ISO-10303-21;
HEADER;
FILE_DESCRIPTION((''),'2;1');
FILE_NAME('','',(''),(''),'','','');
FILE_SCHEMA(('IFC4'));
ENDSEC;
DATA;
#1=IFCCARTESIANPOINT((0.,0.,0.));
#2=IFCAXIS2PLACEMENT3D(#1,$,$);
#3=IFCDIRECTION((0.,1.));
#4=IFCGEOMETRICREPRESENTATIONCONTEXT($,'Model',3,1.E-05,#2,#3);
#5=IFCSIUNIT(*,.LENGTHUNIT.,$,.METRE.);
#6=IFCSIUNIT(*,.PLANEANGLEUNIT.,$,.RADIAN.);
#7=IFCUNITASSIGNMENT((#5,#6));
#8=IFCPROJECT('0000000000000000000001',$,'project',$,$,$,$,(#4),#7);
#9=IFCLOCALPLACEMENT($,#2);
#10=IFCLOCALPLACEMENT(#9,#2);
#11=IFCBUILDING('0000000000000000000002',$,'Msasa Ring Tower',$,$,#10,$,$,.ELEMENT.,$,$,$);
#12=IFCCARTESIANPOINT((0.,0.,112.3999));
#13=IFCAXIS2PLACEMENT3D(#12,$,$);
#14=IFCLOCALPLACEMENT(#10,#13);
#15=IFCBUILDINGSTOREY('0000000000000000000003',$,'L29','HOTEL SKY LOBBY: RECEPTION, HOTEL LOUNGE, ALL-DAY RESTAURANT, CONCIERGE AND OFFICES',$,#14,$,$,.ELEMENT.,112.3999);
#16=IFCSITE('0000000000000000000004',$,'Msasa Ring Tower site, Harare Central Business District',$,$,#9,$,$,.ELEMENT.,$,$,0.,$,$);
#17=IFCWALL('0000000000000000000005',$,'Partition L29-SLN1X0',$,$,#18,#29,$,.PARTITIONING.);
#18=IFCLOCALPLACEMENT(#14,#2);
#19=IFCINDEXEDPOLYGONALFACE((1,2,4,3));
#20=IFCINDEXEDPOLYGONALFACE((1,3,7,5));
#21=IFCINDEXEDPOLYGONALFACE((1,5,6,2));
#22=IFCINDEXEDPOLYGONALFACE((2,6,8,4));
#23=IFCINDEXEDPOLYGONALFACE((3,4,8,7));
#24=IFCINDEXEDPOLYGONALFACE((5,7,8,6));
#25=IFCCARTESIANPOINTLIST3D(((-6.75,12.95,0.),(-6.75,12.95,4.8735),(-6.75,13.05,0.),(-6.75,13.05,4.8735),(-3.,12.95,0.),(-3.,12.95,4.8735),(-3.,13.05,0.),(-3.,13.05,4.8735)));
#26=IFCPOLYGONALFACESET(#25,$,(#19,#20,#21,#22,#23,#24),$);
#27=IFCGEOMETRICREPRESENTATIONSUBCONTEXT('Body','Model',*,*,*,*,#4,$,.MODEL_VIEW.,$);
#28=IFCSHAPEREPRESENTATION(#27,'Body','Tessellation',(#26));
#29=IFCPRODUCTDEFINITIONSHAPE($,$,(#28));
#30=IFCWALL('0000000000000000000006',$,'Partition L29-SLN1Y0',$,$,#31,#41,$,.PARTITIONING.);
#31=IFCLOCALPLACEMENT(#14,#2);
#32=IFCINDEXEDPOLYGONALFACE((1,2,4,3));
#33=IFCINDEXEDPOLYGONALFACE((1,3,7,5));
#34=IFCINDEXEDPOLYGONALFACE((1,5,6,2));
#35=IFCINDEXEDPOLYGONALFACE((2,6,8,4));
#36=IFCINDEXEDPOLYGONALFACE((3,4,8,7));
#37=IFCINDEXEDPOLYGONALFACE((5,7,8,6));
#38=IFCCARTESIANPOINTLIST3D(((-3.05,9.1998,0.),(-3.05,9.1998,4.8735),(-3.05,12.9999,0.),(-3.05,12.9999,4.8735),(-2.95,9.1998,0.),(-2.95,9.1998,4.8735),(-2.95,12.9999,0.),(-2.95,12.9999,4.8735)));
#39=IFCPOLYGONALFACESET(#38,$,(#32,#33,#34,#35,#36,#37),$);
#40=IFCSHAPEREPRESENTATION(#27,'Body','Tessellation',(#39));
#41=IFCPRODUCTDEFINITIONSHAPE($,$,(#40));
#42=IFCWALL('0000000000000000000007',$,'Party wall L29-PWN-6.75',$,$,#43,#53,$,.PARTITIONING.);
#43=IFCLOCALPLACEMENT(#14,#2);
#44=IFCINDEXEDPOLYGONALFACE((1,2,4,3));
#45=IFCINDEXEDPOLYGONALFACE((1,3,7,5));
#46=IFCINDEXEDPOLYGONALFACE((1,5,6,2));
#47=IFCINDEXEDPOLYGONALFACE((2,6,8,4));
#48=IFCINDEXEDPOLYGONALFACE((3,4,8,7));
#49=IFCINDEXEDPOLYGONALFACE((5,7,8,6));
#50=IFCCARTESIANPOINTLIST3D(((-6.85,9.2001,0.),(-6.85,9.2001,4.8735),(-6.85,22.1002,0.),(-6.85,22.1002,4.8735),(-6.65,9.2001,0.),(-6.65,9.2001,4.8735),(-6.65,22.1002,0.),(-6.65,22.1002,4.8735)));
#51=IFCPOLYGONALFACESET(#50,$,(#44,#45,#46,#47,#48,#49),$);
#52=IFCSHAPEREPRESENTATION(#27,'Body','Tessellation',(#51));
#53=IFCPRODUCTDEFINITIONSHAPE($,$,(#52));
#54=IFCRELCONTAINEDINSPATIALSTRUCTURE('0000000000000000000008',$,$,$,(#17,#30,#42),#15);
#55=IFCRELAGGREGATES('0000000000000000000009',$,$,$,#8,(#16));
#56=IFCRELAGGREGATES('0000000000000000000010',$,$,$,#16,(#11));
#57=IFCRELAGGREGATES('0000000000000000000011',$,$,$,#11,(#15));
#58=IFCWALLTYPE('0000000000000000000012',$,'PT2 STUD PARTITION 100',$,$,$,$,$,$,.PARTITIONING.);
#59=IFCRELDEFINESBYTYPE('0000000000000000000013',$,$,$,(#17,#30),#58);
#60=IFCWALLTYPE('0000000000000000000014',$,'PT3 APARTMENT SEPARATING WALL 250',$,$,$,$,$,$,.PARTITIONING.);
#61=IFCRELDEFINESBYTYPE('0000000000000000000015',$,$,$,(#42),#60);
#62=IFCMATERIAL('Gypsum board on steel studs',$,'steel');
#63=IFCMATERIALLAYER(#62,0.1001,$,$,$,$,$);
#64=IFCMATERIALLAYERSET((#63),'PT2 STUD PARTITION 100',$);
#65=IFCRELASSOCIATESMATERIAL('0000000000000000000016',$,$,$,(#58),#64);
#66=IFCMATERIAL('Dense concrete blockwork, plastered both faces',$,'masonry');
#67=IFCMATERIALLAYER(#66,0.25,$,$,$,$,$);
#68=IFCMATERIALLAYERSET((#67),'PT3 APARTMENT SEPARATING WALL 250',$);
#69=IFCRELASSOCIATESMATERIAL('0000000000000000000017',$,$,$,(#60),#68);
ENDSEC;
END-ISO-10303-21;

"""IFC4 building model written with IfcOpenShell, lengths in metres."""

from ifc_helpers import new_model, si_unit, direction, frame, frame_2d, origin, place, context, subcontext, project, spatial, rectangle, extrude, material, layer, layer_set, type_object, element, save


model = new_model("IFC4")

# Units and contexts
model_context = context("Model", 3, precision=1e-05, world=origin(), true_north=direction((0.0, 1.0)))
body_context = subcontext(model_context, "Body", "Model", "MODEL_VIEW")
ifc_project = project(units=[si_unit("LENGTHUNIT", "METRE"), si_unit("PLANEANGLEUNIT", "RADIAN")], contexts=[model_context])

# Site, building, storey
site_placement = place(None, origin())
site = spatial("IfcSite", under=ifc_project, at=site_placement, Name="Msasa Ring Tower site, Harare Central Business District", CompositionType="ELEMENT", RefElevation=0.0)
building_placement = place(site_placement, origin())
building = spatial("IfcBuilding", under=site, at=building_placement, Name="Msasa Ring Tower", CompositionType="ELEMENT")
storey_placement = place(building_placement, frame((0.0, 0.0, 112.3999)))
storey = spatial("IfcBuildingStorey", under=building, at=storey_placement, Name="L29", Description="HOTEL SKY LOBBY: RECEPTION, HOTEL LOUNGE, ALL-DAY RESTAURANT, CONCIERGE AND OFFICES", CompositionType="ELEMENT", Elevation=112.3999)

# Walls
ifc_material_1 = material(Name="Gypsum board on steel studs", Category="steel")
ifc_layer_1 = layer(ifc_material_1, 0.1001)
ifc_layer_set_1 = layer_set([ifc_layer_1], Name="PT2 STUD PARTITION 100")
wall_type_1 = type_object("IfcWallType", Name="PT2 STUD PARTITION 100", PredefinedType="PARTITIONING", material=ifc_layer_set_1)
wall_1_placement = place(storey_placement, frame((-6.75, 13.0, 0.0), z_axis=(0.0, 0.0, 1.0), x_axis=(1.0, 0.0, 0.0)))
element("IfcWall", 1, at=wall_1_placement, inside=storey, type_object=wall_type_1, Name="Partition L29-SLN1X0", PredefinedType="PARTITIONING", context=body_context, shape_type="SweptSolid", body=[
    extrude(rectangle(XDim=3.75, YDim=0.1001, at=frame_2d((1.875, 0.0))), origin(), (0.0, 0.0, 1.0), 4.8735),
])
wall_2_placement = place(storey_placement, frame((-3.0, 9.2, 0.0), z_axis=(0.0, 0.0, 1.0), x_axis=(0.0, 1.0, 0.0)))
element("IfcWall", 2, at=wall_2_placement, inside=storey, type_object=wall_type_1, Name="Partition L29-SLN1Y0", PredefinedType="PARTITIONING", context=body_context, shape_type="SweptSolid", body=[
    extrude(rectangle(XDim=3.8, YDim=0.1001, at=frame_2d((1.8999, 0.0))), origin(), (0.0, 0.0, 1.0), 4.8735),
])
ifc_material_2 = material(Name="Dense concrete blockwork, plastered both faces", Category="masonry")
ifc_layer_2 = layer(ifc_material_2, 0.25)
ifc_layer_set_2 = layer_set([ifc_layer_2], Name="PT3 APARTMENT SEPARATING WALL 250")
wall_type_2 = type_object("IfcWallType", Name="PT3 APARTMENT SEPARATING WALL 250", PredefinedType="PARTITIONING", material=ifc_layer_set_2)
wall_3_placement = place(storey_placement, frame((-6.75, 9.2, 0.0), z_axis=(0.0, 0.0, 1.0), x_axis=(0.0, 1.0, 0.0)))
element("IfcWall", 3, at=wall_3_placement, inside=storey, type_object=wall_type_2, Name="Party wall L29-PWN-6.75", PredefinedType="PARTITIONING", context=body_context, shape_type="SweptSolid", body=[
    extrude(rectangle(XDim=12.9001, YDim=0.2, at=frame_2d((6.4502, 0.0))), origin(), (0.0, 0.0, 1.0), 4.8735),
])

save(model, "model.ifc")
